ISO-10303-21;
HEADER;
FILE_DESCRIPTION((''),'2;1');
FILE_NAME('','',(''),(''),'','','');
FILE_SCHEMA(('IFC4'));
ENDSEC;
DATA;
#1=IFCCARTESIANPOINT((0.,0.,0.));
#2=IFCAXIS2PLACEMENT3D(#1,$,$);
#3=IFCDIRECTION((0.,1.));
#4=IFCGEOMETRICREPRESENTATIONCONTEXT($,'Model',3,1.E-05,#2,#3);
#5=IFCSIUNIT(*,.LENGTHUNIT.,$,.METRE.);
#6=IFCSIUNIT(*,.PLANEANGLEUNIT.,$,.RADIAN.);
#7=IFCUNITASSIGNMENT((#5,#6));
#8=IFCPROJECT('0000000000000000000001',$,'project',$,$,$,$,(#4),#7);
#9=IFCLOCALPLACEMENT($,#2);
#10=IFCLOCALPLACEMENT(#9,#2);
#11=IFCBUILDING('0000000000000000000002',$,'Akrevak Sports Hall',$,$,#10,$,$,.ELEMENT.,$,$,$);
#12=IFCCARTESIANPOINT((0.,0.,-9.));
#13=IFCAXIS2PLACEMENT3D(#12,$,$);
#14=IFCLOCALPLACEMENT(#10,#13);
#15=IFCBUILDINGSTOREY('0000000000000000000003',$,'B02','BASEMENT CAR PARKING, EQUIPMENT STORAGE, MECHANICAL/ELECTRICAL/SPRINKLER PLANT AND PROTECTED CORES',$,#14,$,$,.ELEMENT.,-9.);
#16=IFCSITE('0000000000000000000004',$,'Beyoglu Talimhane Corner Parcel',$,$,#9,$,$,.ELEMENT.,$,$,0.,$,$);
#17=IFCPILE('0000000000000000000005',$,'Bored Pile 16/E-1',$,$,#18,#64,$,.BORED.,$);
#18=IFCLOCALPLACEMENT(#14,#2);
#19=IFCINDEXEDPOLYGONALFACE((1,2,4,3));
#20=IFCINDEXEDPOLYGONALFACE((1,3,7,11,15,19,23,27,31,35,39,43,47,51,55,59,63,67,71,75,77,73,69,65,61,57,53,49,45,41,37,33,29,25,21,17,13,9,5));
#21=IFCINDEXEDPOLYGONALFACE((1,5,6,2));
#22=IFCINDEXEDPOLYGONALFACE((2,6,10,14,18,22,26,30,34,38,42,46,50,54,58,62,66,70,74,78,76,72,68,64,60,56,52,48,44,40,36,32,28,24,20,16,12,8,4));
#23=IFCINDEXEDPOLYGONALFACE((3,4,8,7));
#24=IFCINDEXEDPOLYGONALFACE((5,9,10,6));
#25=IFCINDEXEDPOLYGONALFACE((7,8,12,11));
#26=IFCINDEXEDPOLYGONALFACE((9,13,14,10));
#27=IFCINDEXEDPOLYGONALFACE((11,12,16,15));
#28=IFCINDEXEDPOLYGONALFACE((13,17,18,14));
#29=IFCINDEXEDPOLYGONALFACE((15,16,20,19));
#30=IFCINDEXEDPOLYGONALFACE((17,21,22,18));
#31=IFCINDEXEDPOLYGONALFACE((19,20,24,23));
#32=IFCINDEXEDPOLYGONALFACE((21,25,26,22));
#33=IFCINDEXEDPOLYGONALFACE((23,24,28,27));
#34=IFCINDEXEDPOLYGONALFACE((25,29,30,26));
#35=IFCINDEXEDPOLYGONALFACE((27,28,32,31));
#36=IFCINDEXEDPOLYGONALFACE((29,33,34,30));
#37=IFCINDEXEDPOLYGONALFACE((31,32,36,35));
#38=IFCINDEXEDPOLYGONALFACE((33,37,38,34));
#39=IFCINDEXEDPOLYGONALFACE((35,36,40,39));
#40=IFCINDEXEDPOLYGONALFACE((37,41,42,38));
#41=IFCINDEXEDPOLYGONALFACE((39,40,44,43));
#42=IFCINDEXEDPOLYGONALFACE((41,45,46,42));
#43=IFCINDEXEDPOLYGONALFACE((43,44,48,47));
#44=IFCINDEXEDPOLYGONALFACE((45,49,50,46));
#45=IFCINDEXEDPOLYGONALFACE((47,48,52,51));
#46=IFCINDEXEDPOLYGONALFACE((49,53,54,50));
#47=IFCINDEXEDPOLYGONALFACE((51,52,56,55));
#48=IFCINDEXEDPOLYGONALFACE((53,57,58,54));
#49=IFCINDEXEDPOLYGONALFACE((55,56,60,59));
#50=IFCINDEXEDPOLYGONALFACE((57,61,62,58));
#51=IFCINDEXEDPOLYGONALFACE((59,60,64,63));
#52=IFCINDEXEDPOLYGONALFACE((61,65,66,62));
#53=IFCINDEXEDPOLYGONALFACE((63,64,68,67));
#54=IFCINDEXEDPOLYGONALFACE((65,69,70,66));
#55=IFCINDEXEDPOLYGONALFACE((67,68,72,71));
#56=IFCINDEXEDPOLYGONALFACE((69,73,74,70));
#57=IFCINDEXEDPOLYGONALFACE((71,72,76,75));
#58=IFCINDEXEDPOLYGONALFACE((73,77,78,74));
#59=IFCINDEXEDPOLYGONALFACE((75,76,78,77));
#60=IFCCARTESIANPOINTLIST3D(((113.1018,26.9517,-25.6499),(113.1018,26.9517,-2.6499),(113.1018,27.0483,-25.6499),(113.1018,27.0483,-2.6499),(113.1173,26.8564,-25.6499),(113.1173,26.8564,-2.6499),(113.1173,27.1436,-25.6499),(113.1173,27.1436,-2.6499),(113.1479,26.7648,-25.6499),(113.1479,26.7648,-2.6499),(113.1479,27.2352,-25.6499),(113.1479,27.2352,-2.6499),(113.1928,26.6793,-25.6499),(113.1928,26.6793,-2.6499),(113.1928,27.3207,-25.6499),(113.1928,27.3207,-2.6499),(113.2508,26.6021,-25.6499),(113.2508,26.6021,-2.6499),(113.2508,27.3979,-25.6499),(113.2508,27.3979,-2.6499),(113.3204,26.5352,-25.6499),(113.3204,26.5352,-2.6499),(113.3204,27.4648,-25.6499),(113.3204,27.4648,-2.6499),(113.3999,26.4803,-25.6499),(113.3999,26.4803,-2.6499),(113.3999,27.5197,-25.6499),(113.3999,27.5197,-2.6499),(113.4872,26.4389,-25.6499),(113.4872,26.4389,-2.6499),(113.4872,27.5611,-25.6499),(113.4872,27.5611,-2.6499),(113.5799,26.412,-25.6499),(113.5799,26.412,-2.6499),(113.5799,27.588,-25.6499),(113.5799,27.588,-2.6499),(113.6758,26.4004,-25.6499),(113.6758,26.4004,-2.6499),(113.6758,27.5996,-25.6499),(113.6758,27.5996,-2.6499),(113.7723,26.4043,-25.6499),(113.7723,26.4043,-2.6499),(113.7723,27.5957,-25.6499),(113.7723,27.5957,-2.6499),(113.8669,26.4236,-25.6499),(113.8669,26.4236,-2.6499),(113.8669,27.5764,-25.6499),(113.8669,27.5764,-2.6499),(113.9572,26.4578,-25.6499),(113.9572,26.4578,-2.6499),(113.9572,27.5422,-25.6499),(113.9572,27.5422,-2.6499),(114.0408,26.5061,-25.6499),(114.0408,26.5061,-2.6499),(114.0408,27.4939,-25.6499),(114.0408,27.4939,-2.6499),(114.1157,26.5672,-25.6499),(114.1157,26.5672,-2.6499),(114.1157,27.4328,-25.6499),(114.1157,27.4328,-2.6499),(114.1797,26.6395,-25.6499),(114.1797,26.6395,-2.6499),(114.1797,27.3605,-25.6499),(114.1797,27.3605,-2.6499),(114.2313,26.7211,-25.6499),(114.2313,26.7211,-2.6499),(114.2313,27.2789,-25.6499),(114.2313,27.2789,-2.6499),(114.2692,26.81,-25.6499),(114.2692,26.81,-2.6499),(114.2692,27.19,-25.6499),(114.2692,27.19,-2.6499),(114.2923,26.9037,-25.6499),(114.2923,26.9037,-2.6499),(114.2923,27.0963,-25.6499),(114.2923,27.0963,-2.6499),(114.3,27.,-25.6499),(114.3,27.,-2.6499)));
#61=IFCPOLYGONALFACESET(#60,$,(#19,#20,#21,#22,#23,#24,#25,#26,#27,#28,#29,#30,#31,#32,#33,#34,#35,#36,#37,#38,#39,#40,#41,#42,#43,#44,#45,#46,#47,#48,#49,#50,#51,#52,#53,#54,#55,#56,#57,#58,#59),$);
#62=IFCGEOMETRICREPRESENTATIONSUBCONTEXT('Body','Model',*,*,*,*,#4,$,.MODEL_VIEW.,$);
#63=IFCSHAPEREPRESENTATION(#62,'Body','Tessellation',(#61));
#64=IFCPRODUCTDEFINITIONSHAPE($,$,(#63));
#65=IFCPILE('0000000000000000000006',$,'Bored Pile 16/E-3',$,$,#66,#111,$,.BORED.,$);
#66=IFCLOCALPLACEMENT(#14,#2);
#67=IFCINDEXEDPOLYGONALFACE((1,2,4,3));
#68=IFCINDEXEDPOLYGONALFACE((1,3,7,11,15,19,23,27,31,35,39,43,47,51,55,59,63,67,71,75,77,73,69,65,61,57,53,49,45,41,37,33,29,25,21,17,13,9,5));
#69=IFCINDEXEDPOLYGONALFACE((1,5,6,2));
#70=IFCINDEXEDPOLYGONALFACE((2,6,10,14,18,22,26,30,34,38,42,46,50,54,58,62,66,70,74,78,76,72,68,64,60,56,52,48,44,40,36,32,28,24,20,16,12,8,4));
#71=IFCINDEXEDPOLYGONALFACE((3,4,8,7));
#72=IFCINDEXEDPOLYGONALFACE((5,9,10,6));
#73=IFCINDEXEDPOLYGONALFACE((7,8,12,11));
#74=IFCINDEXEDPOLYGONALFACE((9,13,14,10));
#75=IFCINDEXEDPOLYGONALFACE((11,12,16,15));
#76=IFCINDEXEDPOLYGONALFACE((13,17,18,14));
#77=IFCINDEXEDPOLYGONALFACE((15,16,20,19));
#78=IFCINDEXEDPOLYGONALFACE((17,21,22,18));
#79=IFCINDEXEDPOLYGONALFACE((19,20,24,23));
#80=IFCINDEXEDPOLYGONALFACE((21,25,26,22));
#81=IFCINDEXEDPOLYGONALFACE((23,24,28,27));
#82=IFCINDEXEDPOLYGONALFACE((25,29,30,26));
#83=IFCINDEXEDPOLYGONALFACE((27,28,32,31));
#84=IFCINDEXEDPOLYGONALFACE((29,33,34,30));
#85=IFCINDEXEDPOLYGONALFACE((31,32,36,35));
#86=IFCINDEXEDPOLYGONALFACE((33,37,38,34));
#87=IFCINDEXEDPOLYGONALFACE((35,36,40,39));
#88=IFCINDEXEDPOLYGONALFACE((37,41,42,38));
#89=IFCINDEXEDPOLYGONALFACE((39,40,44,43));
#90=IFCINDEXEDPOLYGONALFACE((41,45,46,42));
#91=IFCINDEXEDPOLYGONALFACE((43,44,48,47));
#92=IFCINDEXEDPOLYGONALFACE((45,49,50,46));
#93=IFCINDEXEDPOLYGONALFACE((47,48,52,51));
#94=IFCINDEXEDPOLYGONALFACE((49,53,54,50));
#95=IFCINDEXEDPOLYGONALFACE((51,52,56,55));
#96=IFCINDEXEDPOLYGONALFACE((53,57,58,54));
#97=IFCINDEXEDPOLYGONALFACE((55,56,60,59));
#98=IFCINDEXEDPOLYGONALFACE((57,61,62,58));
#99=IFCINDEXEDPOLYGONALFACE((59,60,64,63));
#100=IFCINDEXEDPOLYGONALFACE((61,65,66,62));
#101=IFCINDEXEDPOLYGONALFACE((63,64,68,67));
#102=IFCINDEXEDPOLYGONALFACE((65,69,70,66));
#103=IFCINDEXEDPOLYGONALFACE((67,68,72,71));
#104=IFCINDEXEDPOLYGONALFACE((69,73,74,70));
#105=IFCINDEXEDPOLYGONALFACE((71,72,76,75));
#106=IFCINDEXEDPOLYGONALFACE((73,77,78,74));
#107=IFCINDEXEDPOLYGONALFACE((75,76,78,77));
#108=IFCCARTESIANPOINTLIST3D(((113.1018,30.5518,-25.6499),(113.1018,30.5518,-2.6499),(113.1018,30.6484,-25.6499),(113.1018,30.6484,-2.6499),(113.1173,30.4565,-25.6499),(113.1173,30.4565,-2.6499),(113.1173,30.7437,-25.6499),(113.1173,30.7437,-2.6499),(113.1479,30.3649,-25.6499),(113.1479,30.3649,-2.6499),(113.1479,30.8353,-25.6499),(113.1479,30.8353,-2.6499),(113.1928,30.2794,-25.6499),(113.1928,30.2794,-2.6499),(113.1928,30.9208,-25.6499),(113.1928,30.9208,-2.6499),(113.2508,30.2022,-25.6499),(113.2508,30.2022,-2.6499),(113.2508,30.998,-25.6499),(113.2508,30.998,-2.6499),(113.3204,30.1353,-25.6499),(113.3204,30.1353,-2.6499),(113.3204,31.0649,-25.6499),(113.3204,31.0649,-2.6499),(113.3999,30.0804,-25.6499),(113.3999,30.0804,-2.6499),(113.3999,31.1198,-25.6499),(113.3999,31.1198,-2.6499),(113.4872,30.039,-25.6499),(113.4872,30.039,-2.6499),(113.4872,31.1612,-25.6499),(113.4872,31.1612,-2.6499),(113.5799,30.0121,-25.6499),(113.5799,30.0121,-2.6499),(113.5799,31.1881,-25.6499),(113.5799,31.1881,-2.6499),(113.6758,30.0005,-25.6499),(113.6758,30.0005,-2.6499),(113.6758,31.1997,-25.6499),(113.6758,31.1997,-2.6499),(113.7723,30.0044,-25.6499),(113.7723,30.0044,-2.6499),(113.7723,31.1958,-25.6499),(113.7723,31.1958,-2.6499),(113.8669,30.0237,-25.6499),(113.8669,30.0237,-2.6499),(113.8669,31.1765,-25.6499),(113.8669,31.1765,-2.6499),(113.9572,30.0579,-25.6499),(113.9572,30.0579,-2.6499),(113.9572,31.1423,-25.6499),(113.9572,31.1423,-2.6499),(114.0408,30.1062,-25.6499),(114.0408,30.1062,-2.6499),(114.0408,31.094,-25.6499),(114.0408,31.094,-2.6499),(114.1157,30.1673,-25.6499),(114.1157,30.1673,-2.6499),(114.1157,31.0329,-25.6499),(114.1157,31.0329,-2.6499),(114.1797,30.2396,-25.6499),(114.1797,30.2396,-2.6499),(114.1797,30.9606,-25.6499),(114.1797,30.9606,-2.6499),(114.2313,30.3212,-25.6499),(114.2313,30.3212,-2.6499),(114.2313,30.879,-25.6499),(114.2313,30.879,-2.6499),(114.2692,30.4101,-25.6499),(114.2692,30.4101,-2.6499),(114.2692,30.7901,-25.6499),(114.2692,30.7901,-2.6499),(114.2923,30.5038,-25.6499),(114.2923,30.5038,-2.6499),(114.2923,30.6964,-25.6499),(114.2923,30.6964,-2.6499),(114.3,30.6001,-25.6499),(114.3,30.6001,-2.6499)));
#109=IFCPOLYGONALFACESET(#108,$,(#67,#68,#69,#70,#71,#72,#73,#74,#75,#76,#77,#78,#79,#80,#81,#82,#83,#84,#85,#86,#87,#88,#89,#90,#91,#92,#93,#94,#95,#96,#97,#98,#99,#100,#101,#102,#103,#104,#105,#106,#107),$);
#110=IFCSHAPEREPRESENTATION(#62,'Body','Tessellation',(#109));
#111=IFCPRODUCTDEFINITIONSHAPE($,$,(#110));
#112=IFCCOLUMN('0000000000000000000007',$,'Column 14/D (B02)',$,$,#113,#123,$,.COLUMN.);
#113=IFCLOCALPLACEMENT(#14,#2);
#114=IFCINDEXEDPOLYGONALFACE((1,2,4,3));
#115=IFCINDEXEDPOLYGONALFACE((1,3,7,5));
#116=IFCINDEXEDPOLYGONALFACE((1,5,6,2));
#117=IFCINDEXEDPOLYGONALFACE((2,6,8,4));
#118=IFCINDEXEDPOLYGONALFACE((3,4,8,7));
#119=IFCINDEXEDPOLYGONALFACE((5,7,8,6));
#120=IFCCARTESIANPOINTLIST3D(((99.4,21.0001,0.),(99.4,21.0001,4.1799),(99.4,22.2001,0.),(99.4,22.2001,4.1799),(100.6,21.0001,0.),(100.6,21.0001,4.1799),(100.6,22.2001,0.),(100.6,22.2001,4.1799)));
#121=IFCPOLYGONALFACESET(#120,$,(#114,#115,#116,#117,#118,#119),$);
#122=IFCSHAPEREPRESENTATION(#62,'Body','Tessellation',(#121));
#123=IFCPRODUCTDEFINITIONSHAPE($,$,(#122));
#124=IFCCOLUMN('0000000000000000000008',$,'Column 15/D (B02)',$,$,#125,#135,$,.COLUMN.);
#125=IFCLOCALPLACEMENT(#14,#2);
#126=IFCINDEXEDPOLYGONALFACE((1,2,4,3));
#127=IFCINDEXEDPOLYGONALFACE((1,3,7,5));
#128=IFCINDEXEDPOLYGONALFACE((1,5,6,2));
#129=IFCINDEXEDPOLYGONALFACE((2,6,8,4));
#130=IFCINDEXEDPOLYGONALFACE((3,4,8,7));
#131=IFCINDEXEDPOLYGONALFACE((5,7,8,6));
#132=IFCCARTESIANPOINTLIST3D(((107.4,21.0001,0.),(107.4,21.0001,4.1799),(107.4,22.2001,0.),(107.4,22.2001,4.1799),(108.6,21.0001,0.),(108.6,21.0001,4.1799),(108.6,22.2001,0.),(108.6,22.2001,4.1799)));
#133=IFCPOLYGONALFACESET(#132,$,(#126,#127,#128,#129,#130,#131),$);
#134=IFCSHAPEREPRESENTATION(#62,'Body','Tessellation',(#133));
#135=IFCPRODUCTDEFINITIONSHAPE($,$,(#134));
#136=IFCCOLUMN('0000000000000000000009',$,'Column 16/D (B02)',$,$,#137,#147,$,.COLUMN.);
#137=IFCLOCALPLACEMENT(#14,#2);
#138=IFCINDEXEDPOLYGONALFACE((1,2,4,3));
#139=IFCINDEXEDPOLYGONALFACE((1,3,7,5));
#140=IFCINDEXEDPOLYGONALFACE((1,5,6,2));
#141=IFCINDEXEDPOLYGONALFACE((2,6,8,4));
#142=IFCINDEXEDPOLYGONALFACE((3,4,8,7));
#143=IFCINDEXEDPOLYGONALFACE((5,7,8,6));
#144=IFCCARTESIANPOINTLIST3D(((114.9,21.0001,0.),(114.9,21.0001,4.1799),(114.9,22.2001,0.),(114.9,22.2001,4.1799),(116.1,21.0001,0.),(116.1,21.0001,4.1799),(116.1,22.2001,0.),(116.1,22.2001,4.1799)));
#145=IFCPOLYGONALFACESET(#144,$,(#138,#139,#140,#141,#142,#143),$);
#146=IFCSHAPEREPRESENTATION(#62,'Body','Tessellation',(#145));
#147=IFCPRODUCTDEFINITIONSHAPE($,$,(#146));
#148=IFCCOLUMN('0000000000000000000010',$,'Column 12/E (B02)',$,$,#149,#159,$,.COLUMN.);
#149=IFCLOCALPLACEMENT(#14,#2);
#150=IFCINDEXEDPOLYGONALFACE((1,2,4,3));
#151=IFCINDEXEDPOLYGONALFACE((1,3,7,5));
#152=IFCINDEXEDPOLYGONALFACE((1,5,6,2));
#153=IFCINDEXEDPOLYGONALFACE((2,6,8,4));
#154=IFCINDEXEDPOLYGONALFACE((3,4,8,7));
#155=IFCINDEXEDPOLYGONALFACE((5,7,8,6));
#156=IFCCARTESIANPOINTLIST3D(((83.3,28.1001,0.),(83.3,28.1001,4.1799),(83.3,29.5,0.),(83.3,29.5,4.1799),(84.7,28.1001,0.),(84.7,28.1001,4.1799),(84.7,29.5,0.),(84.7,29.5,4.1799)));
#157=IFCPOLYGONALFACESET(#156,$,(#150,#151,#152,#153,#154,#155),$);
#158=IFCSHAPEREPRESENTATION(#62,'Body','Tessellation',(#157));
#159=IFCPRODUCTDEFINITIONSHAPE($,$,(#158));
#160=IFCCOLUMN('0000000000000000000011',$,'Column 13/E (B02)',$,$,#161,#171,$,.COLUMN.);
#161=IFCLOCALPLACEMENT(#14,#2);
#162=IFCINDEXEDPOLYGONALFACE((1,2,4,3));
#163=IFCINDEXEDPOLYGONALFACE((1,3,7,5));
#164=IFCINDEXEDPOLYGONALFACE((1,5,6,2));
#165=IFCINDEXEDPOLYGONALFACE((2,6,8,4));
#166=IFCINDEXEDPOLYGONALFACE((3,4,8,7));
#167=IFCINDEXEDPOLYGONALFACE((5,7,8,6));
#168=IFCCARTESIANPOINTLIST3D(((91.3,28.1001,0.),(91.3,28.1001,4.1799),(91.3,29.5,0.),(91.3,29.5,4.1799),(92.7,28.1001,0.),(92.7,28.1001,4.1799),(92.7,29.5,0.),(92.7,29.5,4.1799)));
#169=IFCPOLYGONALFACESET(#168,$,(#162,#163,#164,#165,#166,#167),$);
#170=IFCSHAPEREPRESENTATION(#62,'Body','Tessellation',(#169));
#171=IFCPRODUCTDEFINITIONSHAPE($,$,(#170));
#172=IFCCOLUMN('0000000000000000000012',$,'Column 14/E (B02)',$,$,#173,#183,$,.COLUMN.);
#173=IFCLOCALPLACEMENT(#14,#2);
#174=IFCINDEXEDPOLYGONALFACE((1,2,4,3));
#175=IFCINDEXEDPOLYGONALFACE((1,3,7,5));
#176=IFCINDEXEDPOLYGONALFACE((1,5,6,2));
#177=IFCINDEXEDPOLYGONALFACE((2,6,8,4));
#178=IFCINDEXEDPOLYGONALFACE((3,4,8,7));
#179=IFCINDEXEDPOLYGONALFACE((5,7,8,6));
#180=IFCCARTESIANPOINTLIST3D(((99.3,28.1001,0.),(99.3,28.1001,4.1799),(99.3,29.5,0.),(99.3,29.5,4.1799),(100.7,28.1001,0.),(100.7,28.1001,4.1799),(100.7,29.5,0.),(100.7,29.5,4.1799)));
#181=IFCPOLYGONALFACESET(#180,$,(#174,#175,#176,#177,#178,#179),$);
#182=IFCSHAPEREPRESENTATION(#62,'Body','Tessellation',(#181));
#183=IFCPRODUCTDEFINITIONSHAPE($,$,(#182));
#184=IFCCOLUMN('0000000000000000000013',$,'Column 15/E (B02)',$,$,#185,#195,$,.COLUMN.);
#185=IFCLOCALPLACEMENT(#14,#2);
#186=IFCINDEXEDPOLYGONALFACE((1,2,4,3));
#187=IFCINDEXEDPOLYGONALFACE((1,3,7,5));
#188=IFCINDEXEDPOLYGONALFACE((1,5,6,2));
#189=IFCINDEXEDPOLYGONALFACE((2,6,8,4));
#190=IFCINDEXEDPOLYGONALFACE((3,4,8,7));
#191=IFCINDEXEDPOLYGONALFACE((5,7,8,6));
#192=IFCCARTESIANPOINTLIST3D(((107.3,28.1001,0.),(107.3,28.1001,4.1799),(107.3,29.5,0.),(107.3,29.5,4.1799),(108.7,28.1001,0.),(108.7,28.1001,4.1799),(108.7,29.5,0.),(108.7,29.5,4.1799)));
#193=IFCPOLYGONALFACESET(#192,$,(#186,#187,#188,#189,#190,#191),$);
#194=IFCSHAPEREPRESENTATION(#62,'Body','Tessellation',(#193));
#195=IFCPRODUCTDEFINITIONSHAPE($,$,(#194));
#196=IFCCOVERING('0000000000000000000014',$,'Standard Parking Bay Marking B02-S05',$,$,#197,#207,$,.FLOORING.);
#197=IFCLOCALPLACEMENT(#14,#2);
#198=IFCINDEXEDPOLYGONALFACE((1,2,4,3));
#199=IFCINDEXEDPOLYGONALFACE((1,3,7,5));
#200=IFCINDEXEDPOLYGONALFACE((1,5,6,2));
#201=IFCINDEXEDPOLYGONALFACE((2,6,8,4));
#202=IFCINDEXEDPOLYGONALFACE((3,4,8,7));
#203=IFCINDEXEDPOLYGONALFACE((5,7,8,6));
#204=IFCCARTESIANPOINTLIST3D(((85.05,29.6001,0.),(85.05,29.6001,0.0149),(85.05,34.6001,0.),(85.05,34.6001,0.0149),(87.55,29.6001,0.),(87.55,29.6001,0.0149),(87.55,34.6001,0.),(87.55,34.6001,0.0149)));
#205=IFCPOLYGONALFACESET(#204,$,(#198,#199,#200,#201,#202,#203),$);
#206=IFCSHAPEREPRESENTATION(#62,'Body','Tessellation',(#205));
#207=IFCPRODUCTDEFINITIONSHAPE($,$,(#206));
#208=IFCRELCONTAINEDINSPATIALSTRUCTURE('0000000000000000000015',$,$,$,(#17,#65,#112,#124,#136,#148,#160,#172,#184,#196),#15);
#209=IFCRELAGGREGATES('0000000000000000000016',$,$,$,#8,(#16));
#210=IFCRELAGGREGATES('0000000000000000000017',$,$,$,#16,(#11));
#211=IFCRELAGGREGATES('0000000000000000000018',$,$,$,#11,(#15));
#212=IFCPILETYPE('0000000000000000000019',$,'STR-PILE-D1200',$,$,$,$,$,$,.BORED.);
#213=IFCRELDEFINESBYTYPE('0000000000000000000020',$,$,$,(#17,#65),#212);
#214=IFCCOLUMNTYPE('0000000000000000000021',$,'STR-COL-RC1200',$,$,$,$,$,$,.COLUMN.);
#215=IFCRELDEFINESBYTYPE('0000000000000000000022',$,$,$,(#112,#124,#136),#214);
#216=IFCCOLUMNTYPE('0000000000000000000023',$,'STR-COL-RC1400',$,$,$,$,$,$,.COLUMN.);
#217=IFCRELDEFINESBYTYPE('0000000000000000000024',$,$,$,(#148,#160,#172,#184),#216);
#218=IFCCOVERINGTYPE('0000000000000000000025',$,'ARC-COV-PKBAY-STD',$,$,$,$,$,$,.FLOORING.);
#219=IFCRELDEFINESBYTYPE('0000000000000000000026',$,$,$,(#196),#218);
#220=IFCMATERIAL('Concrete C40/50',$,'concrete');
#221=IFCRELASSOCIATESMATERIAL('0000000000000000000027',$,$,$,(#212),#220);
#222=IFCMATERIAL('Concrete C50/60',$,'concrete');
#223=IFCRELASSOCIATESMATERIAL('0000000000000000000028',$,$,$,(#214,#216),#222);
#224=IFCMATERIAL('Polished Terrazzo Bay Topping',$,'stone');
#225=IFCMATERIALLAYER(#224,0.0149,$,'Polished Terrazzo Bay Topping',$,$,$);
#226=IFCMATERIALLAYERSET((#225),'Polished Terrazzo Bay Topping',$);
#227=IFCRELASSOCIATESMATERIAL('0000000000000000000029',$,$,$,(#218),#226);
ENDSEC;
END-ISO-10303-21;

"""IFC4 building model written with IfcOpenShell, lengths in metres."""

from ifc_helpers import new_model, si_unit, direction, frame, origin, origin_2d, place, context, subcontext, project, spatial, rectangle, circle, extrude, material, layer, layer_set, material_profile, profile_set, type_object, element, save


model = new_model("IFC4")

# Units and contexts
model_context = context("Model", 3, precision=1e-05, world=origin(), true_north=direction((0.0, 1.0)))
body_context = subcontext(model_context, "Body", "Model", "MODEL_VIEW")
ifc_project = project(units=[si_unit("LENGTHUNIT", "METRE"), si_unit("PLANEANGLEUNIT", "RADIAN")], contexts=[model_context])

# Site, building, storey
site_placement = place(None, origin())
site = spatial("IfcSite", under=ifc_project, at=site_placement, Name="Beyoglu Talimhane Corner Parcel", CompositionType="ELEMENT", RefElevation=0.0)
building_placement = place(site_placement, origin())
building = spatial("IfcBuilding", under=site, at=building_placement, Name="Akrevak Sports Hall", CompositionType="ELEMENT")
storey_placement = place(building_placement, frame((0.0, 0.0, -9.0)))
storey = spatial("IfcBuildingStorey", under=building, at=storey_placement, Name="B02", Description="BASEMENT CAR PARKING, EQUIPMENT STORAGE, MECHANICAL/ELECTRICAL/SPRINKLER PLANT AND PROTECTED CORES", CompositionType="ELEMENT", Elevation=-9.0)

# Shared definitions
ifc_material_1 = material(Name="Concrete C40/50", Category="concrete")

# Piles
ifc_material_profile_1 = material_profile(ifc_material_1, circle(Radius=0.6001, at=origin_2d()), Name="BORED PILE D1200", Category="concrete")
ifc_profile_set_1 = profile_set([ifc_material_profile_1], Name="Concrete C40/50")
pile_type_1 = type_object("IfcPileType", Name="STR-PILE-D1200", PredefinedType="BORED", material=ifc_profile_set_1)
for number, where, z_axis, x_axis, name in (
    (1, (113.7, 27.0, -2.6499), (0.0, 0.0, -1.0), (1.0, 0.0, 0.0), "Bored Pile 16/E-1"),
    (2, (113.7, 30.6001, -2.6499), (0.0, 0.0, -1.0), (1.0, 0.0, 0.0), "Bored Pile 16/E-3"),
):
    element("IfcPile", number, at=place(storey_placement, frame(where, z_axis=z_axis, x_axis=x_axis)), inside=storey, type_object=pile_type_1, Name=name, PredefinedType="BORED", context=body_context, shape_type="SweptSolid", body=[
        extrude(circle(Radius=0.6001, at=origin_2d()), origin(), (0.0, 0.0, 1.0), 23.0),
    ])

# Columns
ifc_material_2 = material(Name="Concrete C50/60", Category="concrete")
ifc_material_profile_2 = material_profile(ifc_material_2, rectangle(XDim=1.2, YDim=1.2, at=origin_2d()), Name="RC 1200x1200", Category="concrete")
ifc_profile_set_2 = profile_set([ifc_material_profile_2], Name="Concrete C50/60")
column_type_1 = type_object("IfcColumnType", Name="STR-COL-RC1200", PredefinedType="COLUMN", material=ifc_profile_set_2)
for number, where, z_axis, x_axis, name in (
    (3, (100.0, 21.6001, 0.0), (0.0, 0.0, 1.0), (1.0, 0.0, 0.0), "Column 14/D (B02)"),
    (4, (108.0, 21.6001, 0.0), (0.0, 0.0, 1.0), (1.0, 0.0, 0.0), "Column 15/D (B02)"),
    (5, (115.5, 21.6001, 0.0), (0.0, 0.0, 1.0), (1.0, 0.0, 0.0), "Column 16/D (B02)"),
):
    element("IfcColumn", number, at=place(storey_placement, frame(where, z_axis=z_axis, x_axis=x_axis)), inside=storey, type_object=column_type_1, Name=name, PredefinedType="COLUMN", context=body_context, shape_type="SweptSolid", body=[
        extrude(rectangle(XDim=1.2, YDim=1.2, at=origin_2d()), origin(), (0.0, 0.0, 1.0), 4.1799),
    ])
ifc_material_profile_3 = material_profile(ifc_material_2, rectangle(XDim=1.3999, YDim=1.3999, at=origin_2d()), Name="RC 1400x1400", Category="concrete")
ifc_profile_set_3 = profile_set([ifc_material_profile_3], Name="Concrete C50/60")
column_type_2 = type_object("IfcColumnType", Name="STR-COL-RC1400", PredefinedType="COLUMN", material=ifc_profile_set_3)
for number, where, z_axis, x_axis, name in (
    (6, (84.0, 28.8, 0.0), (0.0, 0.0, 1.0), (1.0, 0.0, 0.0), "Column 12/E (B02)"),
    (7, (92.0, 28.8, 0.0), (0.0, 0.0, 1.0), (1.0, 0.0, 0.0), "Column 13/E (B02)"),
    (8, (100.0, 28.8, 0.0), (0.0, 0.0, 1.0), (1.0, 0.0, 0.0), "Column 14/E (B02)"),
    (9, (108.0, 28.8, 0.0), (0.0, 0.0, 1.0), (1.0, 0.0, 0.0), "Column 15/E (B02)"),
):
    element("IfcColumn", number, at=place(storey_placement, frame(where, z_axis=z_axis, x_axis=x_axis)), inside=storey, type_object=column_type_2, Name=name, PredefinedType="COLUMN", context=body_context, shape_type="SweptSolid", body=[
        extrude(rectangle(XDim=1.3999, YDim=1.3999, at=origin_2d()), origin(), (0.0, 0.0, 1.0), 4.1799),
    ])

# Covering
ifc_material_3 = material(Name="Polished Terrazzo Bay Topping", Category="stone")
ifc_layer = layer(ifc_material_3, 0.0149, Name="Polished Terrazzo Bay Topping")
ifc_layer_set = layer_set([ifc_layer], Name="Polished Terrazzo Bay Topping")
covering_type = type_object("IfcCoveringType", Name="ARC-COV-PKBAY-STD", PredefinedType="FLOORING", material=ifc_layer_set)
for number, where, z_axis, x_axis, name in (
    (10, (86.3, 32.1001, 0.0), (0.0, 0.0, 1.0), (1.0, 0.0, 0.0), "Standard Parking Bay Marking B02-S05"),
):
    element("IfcCovering", number, at=place(storey_placement, frame(where, z_axis=z_axis, x_axis=x_axis)), inside=storey, type_object=covering_type, Name=name, PredefinedType="FLOORING", context=body_context, shape_type="SweptSolid", body=[
        extrude(rectangle(XDim=2.5, YDim=5.0, at=origin_2d()), origin(), (0.0, 0.0, 1.0), 0.0149),
    ])

save(model, "model.ifc")
